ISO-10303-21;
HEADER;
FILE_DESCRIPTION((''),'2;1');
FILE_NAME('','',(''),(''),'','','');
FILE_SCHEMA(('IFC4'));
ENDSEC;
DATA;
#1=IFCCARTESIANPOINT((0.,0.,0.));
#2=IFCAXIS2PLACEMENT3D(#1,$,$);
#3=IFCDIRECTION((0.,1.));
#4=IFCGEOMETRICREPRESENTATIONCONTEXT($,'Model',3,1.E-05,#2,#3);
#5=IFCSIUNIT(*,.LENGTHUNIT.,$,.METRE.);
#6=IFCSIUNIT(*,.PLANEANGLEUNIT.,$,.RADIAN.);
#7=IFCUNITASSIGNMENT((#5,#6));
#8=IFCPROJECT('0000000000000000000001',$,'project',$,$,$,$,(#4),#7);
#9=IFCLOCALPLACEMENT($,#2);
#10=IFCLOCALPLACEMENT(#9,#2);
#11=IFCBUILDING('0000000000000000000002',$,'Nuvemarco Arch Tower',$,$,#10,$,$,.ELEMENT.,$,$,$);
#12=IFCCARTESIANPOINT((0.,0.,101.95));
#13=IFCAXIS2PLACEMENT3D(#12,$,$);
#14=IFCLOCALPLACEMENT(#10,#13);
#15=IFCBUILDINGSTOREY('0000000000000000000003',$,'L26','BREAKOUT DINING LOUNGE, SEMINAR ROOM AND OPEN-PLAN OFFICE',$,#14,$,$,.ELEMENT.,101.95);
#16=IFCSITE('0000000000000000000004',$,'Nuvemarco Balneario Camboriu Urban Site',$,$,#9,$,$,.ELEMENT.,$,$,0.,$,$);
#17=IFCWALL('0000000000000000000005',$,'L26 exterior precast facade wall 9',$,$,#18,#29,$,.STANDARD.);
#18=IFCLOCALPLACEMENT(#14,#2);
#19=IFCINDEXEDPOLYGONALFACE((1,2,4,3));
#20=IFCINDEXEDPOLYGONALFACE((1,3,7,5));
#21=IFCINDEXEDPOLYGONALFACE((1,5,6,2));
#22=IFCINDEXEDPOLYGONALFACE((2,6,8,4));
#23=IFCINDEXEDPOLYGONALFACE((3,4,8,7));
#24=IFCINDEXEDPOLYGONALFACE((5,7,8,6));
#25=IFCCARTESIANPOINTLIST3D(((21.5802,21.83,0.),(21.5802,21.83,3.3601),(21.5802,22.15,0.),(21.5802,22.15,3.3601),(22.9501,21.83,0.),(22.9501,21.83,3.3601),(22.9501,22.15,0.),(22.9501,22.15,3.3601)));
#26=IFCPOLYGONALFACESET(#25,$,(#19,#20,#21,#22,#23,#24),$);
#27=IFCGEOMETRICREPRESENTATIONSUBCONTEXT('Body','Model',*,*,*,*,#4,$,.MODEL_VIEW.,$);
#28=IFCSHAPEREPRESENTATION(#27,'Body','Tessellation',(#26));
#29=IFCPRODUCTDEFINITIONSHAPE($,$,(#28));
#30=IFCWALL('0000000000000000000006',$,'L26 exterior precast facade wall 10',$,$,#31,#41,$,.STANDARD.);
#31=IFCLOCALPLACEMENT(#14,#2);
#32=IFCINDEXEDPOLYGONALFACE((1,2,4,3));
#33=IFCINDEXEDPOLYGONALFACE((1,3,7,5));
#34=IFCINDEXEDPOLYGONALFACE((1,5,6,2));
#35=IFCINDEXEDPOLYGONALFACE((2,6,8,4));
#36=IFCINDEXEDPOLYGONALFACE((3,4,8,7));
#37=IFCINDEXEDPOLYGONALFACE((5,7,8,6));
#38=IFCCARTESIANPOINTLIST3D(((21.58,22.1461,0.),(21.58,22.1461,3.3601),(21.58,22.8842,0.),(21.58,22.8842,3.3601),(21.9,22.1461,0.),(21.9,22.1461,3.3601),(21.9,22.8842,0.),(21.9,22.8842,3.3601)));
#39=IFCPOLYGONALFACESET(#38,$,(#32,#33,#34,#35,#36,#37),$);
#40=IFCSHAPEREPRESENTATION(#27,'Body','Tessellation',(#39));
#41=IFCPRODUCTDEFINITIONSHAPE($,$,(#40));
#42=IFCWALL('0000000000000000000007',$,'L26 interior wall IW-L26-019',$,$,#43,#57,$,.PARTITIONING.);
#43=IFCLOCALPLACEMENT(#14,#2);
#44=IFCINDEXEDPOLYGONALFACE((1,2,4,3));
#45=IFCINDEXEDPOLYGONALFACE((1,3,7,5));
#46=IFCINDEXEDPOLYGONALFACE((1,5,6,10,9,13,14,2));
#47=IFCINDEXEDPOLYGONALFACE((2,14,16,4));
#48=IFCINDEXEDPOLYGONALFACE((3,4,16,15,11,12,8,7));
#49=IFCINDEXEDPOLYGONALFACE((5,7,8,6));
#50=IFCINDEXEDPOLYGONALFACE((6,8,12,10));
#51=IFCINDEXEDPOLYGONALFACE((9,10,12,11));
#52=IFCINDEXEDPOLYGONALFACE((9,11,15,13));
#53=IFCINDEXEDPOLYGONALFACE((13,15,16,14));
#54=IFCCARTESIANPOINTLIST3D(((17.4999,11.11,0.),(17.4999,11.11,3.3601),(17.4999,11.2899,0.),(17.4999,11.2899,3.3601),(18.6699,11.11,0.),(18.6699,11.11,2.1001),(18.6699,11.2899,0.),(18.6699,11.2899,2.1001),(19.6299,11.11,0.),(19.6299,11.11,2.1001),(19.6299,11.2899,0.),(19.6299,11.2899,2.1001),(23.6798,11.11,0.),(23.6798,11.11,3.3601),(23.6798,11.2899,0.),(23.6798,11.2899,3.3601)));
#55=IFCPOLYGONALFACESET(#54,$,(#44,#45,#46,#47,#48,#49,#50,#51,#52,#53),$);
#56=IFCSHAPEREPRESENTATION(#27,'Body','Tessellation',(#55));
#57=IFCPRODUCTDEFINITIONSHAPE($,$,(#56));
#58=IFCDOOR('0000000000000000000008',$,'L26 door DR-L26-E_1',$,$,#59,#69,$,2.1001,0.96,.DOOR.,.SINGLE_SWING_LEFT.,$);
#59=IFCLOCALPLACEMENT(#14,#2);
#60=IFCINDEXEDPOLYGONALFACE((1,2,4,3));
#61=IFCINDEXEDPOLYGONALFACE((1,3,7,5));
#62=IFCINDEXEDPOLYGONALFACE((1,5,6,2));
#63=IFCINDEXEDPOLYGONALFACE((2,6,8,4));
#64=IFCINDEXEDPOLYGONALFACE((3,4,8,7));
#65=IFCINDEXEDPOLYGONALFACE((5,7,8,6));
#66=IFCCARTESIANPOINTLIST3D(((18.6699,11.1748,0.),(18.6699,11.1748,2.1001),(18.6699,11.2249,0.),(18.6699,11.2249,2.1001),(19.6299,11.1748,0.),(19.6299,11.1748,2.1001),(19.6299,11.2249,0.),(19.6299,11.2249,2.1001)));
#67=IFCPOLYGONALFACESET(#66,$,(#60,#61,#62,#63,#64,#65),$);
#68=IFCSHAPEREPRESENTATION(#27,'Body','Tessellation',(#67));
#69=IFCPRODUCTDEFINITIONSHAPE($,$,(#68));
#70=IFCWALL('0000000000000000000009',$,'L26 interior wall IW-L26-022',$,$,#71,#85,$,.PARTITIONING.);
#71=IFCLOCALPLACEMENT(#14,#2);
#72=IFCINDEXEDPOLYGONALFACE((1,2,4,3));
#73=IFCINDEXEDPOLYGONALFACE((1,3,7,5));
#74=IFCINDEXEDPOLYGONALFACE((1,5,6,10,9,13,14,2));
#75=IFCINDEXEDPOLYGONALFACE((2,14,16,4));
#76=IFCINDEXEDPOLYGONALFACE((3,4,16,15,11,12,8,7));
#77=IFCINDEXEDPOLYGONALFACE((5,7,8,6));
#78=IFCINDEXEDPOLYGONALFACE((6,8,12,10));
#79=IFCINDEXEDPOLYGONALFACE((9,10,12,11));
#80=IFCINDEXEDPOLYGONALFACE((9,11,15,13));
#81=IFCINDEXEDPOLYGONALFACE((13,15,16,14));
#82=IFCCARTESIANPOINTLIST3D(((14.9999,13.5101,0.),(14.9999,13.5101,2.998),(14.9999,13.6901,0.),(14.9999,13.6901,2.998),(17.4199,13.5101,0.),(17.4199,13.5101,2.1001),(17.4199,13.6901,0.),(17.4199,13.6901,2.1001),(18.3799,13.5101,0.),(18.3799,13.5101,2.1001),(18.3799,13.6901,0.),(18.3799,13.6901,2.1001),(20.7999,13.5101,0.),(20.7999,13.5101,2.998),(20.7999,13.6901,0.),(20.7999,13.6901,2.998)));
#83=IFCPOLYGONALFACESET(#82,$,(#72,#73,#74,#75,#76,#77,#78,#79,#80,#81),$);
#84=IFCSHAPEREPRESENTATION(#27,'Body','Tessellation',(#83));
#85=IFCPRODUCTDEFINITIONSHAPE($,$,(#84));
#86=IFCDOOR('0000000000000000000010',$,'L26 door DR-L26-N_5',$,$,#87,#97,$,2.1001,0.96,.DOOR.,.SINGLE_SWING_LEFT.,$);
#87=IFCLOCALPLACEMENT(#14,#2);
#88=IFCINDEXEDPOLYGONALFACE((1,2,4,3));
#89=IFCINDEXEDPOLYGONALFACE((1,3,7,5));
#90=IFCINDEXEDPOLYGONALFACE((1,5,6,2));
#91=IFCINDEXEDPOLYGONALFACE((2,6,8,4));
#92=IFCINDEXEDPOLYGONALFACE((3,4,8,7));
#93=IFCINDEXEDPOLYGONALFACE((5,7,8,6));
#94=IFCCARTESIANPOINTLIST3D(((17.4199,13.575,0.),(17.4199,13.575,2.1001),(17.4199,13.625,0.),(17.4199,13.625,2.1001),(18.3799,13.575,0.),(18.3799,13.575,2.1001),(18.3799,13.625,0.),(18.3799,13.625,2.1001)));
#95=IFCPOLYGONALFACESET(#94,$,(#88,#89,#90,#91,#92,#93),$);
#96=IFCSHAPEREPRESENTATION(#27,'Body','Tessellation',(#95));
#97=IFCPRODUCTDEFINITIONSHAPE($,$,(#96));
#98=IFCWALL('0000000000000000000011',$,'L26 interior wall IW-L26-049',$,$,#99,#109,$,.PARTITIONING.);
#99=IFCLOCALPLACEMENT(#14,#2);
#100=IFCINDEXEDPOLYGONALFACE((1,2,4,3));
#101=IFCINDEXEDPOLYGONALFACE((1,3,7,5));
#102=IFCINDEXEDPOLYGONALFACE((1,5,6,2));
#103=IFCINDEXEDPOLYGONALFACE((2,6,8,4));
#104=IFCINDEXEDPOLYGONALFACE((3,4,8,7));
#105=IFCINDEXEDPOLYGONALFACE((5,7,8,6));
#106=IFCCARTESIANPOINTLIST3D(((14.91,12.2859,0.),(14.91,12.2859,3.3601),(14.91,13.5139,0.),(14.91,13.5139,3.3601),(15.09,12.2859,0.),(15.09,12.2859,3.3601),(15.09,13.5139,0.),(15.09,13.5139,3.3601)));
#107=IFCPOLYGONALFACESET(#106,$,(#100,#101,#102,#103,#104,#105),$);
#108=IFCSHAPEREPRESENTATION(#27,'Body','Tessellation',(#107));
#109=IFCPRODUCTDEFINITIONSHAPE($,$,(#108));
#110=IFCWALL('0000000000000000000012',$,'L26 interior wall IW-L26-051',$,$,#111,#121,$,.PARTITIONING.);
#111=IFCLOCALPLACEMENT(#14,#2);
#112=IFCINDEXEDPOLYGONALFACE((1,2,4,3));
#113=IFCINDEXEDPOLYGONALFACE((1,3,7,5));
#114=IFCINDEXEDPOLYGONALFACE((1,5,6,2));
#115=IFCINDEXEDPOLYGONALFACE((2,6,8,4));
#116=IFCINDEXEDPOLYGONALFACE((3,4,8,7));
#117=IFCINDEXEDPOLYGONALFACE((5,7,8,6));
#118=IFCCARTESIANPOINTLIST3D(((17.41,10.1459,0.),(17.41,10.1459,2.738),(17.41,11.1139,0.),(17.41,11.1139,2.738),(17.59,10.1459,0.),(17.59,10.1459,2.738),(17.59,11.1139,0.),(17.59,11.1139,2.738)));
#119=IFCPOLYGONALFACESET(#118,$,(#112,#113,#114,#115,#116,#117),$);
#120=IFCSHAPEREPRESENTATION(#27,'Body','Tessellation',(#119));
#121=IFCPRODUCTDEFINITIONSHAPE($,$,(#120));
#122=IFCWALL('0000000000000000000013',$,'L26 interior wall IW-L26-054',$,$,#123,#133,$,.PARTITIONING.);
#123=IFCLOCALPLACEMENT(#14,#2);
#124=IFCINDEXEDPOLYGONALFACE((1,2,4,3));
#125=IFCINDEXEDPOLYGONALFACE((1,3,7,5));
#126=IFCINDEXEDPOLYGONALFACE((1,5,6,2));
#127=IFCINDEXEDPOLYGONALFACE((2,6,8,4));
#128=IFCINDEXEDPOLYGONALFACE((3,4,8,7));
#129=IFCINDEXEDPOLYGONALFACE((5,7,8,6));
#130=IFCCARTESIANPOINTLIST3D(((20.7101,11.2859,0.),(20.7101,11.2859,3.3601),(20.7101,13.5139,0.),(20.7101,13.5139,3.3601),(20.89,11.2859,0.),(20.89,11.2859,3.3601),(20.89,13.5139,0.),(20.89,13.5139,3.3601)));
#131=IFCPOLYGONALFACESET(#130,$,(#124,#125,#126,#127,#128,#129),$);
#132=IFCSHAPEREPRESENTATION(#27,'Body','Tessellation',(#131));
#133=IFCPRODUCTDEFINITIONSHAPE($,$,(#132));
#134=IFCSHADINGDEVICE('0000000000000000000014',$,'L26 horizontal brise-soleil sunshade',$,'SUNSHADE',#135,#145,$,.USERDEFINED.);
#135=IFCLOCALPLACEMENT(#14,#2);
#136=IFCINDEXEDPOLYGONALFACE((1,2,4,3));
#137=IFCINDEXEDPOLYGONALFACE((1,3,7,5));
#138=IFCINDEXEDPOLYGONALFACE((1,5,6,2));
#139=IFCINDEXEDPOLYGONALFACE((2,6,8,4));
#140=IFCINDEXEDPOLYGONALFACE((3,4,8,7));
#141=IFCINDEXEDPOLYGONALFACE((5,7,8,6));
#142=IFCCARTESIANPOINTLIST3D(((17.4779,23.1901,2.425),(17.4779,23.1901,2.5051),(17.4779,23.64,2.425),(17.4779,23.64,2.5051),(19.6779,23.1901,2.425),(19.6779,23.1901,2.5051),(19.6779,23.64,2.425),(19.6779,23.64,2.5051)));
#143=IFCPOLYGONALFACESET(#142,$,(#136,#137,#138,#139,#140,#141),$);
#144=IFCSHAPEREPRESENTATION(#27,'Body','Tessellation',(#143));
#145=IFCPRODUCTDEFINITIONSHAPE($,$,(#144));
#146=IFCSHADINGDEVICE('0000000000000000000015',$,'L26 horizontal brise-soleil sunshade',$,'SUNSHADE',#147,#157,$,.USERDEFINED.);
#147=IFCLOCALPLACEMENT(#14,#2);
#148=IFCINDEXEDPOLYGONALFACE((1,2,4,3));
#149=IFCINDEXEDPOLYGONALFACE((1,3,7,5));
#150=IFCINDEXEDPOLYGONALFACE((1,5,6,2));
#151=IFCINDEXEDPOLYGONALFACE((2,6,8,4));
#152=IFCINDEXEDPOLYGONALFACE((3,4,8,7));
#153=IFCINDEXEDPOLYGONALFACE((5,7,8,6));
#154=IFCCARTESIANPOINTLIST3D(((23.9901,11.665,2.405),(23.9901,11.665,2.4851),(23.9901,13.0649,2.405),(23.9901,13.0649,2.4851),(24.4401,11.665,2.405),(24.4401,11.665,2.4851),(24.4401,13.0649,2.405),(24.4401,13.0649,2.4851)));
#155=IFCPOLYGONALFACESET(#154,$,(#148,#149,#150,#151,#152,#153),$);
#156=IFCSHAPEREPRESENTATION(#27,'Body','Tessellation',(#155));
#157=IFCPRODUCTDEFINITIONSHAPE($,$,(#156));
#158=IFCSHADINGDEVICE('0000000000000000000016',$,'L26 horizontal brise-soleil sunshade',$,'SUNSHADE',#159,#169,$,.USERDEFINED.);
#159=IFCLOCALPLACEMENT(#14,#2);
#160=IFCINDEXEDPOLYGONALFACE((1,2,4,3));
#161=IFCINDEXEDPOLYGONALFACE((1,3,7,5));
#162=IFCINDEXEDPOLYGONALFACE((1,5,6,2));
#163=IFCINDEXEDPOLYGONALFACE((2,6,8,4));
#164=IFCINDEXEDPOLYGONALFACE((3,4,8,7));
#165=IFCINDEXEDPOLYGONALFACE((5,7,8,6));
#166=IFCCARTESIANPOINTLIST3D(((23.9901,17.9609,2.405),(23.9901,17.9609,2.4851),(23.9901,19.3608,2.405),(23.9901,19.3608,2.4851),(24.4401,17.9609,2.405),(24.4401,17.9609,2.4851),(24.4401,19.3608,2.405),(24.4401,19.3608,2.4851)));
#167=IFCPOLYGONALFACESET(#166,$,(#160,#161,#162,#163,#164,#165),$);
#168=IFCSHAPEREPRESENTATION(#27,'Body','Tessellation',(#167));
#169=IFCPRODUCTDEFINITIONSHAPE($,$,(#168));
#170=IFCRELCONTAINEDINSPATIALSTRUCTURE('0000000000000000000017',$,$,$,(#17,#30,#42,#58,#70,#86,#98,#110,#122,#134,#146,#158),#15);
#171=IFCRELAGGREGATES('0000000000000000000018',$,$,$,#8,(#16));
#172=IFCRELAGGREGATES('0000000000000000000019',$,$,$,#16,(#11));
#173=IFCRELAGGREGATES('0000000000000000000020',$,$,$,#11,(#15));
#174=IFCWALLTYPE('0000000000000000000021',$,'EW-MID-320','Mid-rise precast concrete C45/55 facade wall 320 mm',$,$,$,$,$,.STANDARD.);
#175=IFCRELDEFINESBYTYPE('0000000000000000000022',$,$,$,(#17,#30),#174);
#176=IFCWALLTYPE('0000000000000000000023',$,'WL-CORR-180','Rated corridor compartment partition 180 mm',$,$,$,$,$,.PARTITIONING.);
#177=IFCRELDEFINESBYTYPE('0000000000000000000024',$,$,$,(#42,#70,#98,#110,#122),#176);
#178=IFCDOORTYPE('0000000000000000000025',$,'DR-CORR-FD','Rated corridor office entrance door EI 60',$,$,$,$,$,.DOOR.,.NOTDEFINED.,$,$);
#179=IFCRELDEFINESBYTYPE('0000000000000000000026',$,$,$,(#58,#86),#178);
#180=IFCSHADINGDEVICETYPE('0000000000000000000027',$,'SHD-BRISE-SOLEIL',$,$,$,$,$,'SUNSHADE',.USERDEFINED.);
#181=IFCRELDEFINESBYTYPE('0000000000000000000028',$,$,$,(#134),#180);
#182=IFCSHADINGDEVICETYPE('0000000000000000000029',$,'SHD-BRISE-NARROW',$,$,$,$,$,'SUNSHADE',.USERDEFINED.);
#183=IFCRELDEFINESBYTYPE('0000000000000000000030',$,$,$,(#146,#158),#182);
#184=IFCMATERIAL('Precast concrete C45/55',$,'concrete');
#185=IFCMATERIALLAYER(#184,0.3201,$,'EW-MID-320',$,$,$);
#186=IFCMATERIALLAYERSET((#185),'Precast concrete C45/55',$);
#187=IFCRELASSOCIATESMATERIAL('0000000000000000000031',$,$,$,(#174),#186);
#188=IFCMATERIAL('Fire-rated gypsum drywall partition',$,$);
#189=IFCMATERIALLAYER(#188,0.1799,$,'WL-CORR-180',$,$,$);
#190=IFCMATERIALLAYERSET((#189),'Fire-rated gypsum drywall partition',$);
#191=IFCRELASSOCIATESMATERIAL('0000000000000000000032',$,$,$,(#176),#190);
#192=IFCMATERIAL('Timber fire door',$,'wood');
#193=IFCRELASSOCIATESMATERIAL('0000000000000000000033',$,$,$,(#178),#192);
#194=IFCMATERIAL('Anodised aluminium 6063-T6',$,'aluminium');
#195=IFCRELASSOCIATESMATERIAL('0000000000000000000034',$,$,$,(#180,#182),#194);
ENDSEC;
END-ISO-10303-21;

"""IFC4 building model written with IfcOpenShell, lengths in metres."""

from ifc_helpers import new_model, si_unit, direction, frame, frame_2d, origin, origin_2d, place, context, subcontext, project, spatial, rectangle, extrude, source, transform, mapped, material, layer, layer_set, type_object, type_shapes, element, fill, save


model = new_model("IFC4")

# Units and contexts
model_context = context("Model", 3, precision=1e-05, world=origin(), true_north=direction((0.0, 1.0)))
body_context = subcontext(model_context, "Body", "Model", "MODEL_VIEW")
ifc_project = project(units=[si_unit("LENGTHUNIT", "METRE"), si_unit("PLANEANGLEUNIT", "RADIAN")], contexts=[model_context])

# Site, building, storey
site_placement = place(None, origin())
site = spatial("IfcSite", under=ifc_project, at=site_placement, Name="Nuvemarco Balneario Camboriu Urban Site", CompositionType="ELEMENT", RefElevation=0.0)
building_placement = place(site_placement, origin())
building = spatial("IfcBuilding", under=site, at=building_placement, Name="Nuvemarco Arch Tower", CompositionType="ELEMENT")
storey_placement = place(building_placement, frame((0.0, 0.0, 101.95)))
storey = spatial("IfcBuildingStorey", under=building, at=storey_placement, Name="L26", Description="BREAKOUT DINING LOUNGE, SEMINAR ROOM AND OPEN-PLAN OFFICE", CompositionType="ELEMENT", Elevation=101.95)

# Shared definitions
ifc_material_1 = material(Name="Precast concrete C45/55", Category="concrete")

# Walls
ifc_layer_1 = layer(ifc_material_1, 0.3201, Name="EW-MID-320")
ifc_layer_set_1 = layer_set([ifc_layer_1], Name="Precast concrete C45/55")
wall_type_1 = type_object("IfcWallType", Name="EW-MID-320", Description="Mid-rise precast concrete C45/55 facade wall 320 mm", PredefinedType="STANDARD", material=ifc_layer_set_1)
wall_1_placement = place(storey_placement, frame((21.5801, 21.99, 0.0), z_axis=(0.0, 0.0, 1.0), x_axis=(1.0, 0.0, 0.0)))
element("IfcWall", 1, at=wall_1_placement, inside=storey, type_object=wall_type_1, Name="L26 exterior precast facade wall 9", PredefinedType="STANDARD", context=body_context, shape_type="SweptSolid", body=[
    extrude(rectangle(XDim=1.3699, YDim=0.3201, at=frame_2d((0.6851, 0.0))), origin(), (0.0, 0.0, 1.0), 3.3601),
])
wall_2_placement = place(storey_placement, frame((21.74, 22.146, 0.0), z_axis=(0.0, 0.0, 1.0), x_axis=(0.0, 1.0, 0.0)))
element("IfcWall", 2, at=wall_2_placement, inside=storey, type_object=wall_type_1, Name="L26 exterior precast facade wall 10", PredefinedType="STANDARD", context=body_context, shape_type="SweptSolid", body=[
    extrude(rectangle(XDim=0.738, YDim=0.3201, at=frame_2d((0.3691, 0.0))), origin(), (0.0, 0.0, 1.0), 3.3601),
])

# Walls, openings, doors
ifc_material_2 = material(Name="Fire-rated gypsum drywall partition")
ifc_layer_2 = layer(ifc_material_2, 0.1799, Name="WL-CORR-180")
ifc_layer_set_2 = layer_set([ifc_layer_2], Name="Fire-rated gypsum drywall partition")
wall_type_2 = type_object("IfcWallType", Name="WL-CORR-180", Description="Rated corridor compartment partition 180 mm", PredefinedType="PARTITIONING", material=ifc_layer_set_2)
wall_3_placement = place(storey_placement, frame((17.5, 11.2, 0.0), z_axis=(0.0, 0.0, 1.0), x_axis=(1.0, 0.0, 0.0)))
wall_3 = element("IfcWall", 3, at=wall_3_placement, inside=storey, type_object=wall_type_2, Name="L26 interior wall IW-L26-019", PredefinedType="PARTITIONING", context=body_context, shape_type="SweptSolid", body=[
    extrude(rectangle(XDim=6.1799, YDim=0.1799, at=frame_2d((3.0898, 0.0))), origin(), (0.0, 0.0, 1.0), 3.3601),
])
opening_1_placement = place(wall_3_placement, frame((1.1699, 0.0, 0.0)))
opening_1 = element("IfcOpeningElement", 4, at=opening_1_placement, cuts=wall_3, PredefinedType="OPENING", context=body_context, shape_type="SweptSolid", body=[
    extrude(rectangle(XDim=0.96, YDim=2.1001, at=frame_2d((0.48, 1.05))), frame((0.0, 0.0999, 0.0), z_axis=(0.0, -1.0, 0.0), x_axis=(1.0, 0.0, 0.0)), (0.0, 0.0, 1.0), 0.2),
])
ifc_material_3 = material(Name="Timber fire door", Category="wood")
door_type = type_object("IfcDoorType", Name="DR-CORR-FD", Description="Rated corridor office entrance door EI 60", OperationType="NOTDEFINED", PredefinedType="DOOR", material=ifc_material_3)
shared_shape_1 = source(origin(), body_context, "Body", "SweptSolid", [
    extrude(rectangle(XDim=0.96, YDim=2.1001, at=frame_2d((0.48, 1.05))), frame((0.0, 0.0249, 0.0), z_axis=(0.0, -1.0, 0.0), x_axis=(1.0, 0.0, 0.0)), (0.0, 0.0, 1.0), 0.05),
])
type_shapes(door_type, [shared_shape_1])
door_1_placement = place(opening_1_placement, origin())
door_1 = element("IfcDoor", 5, at=door_1_placement, inside=storey, type_object=door_type, Name="L26 door DR-L26-E_1", OperationType="SINGLE_SWING_LEFT", OverallHeight=2.1001, OverallWidth=0.96, PredefinedType="DOOR", context=body_context, shape_type="MappedRepresentation", body=[
    mapped(shared_shape_1, transform((0.0, 0.0, 0.0), scale=1.0)),
])
fill(opening_1, door_1)
wall_4_placement = place(storey_placement, frame((15.0, 13.6001, 0.0), z_axis=(0.0, 0.0, 1.0), x_axis=(1.0, 0.0, 0.0)))
wall_4 = element("IfcWall", 6, at=wall_4_placement, inside=storey, type_object=wall_type_2, Name="L26 interior wall IW-L26-022", PredefinedType="PARTITIONING", context=body_context, shape_type="SweptSolid", body=[
    extrude(rectangle(XDim=5.8, YDim=0.1799, at=frame_2d((2.8999, 0.0))), origin(), (0.0, 0.0, 1.0), 2.998),
])
opening_2_placement = place(wall_4_placement, frame((2.4199, 0.0, 0.0)))
opening_2 = element("IfcOpeningElement", 7, at=opening_2_placement, cuts=wall_4, PredefinedType="OPENING", context=body_context, shape_type="SweptSolid", body=[
    extrude(rectangle(XDim=0.96, YDim=2.1001, at=frame_2d((0.48, 1.05))), frame((0.0, 0.0999, 0.0), z_axis=(0.0, -1.0, 0.0), x_axis=(1.0, 0.0, 0.0)), (0.0, 0.0, 1.0), 0.2),
])
door_2_placement = place(opening_2_placement, origin())
door_2 = element("IfcDoor", 8, at=door_2_placement, inside=storey, type_object=door_type, Name="L26 door DR-L26-N_5", OperationType="SINGLE_SWING_LEFT", OverallHeight=2.1001, OverallWidth=0.96, PredefinedType="DOOR", context=body_context, shape_type="MappedRepresentation", body=[
    mapped(shared_shape_1, transform((0.0, 0.0, 0.0), scale=1.0)),
])
fill(opening_2, door_2)

# Walls
wall_5_placement = place(storey_placement, frame((15.0, 12.2859, 0.0), z_axis=(0.0, 0.0, 1.0), x_axis=(0.0, 1.0, 0.0)))
element("IfcWall", 9, at=wall_5_placement, inside=storey, type_object=wall_type_2, Name="L26 interior wall IW-L26-049", PredefinedType="PARTITIONING", context=body_context, shape_type="SweptSolid", body=[
    extrude(rectangle(XDim=1.228, YDim=0.1799, at=frame_2d((0.614, 0.0))), origin(), (0.0, 0.0, 1.0), 3.3601),
])
wall_6_placement = place(storey_placement, frame((17.5, 10.146, 0.0), z_axis=(0.0, 0.0, 1.0), x_axis=(0.0, 1.0, 0.0)))
element("IfcWall", 10, at=wall_6_placement, inside=storey, type_object=wall_type_2, Name="L26 interior wall IW-L26-051", PredefinedType="PARTITIONING", context=body_context, shape_type="SweptSolid", body=[
    extrude(rectangle(XDim=0.968, YDim=0.1799, at=frame_2d((0.4839, 0.0))), origin(), (0.0, 0.0, 1.0), 2.738),
])
wall_7_placement = place(storey_placement, frame((20.8, 11.2859, 0.0), z_axis=(0.0, 0.0, 1.0), x_axis=(0.0, 1.0, 0.0)))
element("IfcWall", 11, at=wall_7_placement, inside=storey, type_object=wall_type_2, Name="L26 interior wall IW-L26-054", PredefinedType="PARTITIONING", context=body_context, shape_type="SweptSolid", body=[
    extrude(rectangle(XDim=2.228, YDim=0.1799, at=frame_2d((1.114, 0.0))), origin(), (0.0, 0.0, 1.0), 3.3601),
])

# Shading devices
ifc_material_4 = material(Name="Anodised aluminium 6063-T6", Category="aluminium")
shading_device_type_1 = type_object("IfcShadingDeviceType", Name="SHD-BRISE-SOLEIL", ElementType="SUNSHADE", PredefinedType="USERDEFINED", material=ifc_material_4)
shared_shape_2 = source(origin(), body_context, "Body", "SweptSolid", [
    extrude(rectangle(XDim=2.2, YDim=0.45, at=origin_2d()), origin(), (0.0, 0.0, 1.0), 0.0801),
])
type_shapes(shading_device_type_1, [shared_shape_2])
shading_device_placement = place(storey_placement, frame((18.5779, 23.415, 2.425), z_axis=(0.0, 0.0, 1.0), x_axis=(1.0, 0.0, 0.0)))
element("IfcShadingDevice", 12, at=shading_device_placement, inside=storey, type_object=shading_device_type_1, Name="L26 horizontal brise-soleil sunshade", ObjectType="SUNSHADE", PredefinedType="USERDEFINED", context=body_context, shape_type="MappedRepresentation", body=[
    mapped(shared_shape_2, transform((0.0, 0.0, 0.0), scale=1.0)),
])
shading_device_type_2 = type_object("IfcShadingDeviceType", Name="SHD-BRISE-NARROW", ElementType="SUNSHADE", PredefinedType="USERDEFINED", material=ifc_material_4)
shared_shape_3 = source(origin(), body_context, "Body", "SweptSolid", [
    extrude(rectangle(XDim=1.3999, YDim=0.45, at=origin_2d()), origin(), (0.0, 0.0, 1.0), 0.0801),
])
type_shapes(shading_device_type_2, [shared_shape_3])
for number, where, z_axis, x_axis, name in (
    (13, (24.2151, 12.365, 2.405), (0.0, 0.0, 1.0), (0.0, 1.0, 0.0), "L26 horizontal brise-soleil sunshade"),
    (14, (24.2151, 18.6609, 2.405), (0.0, 0.0, 1.0), (0.0, 1.0, 0.0), "L26 horizontal brise-soleil sunshade"),
):
    element("IfcShadingDevice", number, at=place(storey_placement, frame(where, z_axis=z_axis, x_axis=x_axis)), inside=storey, type_object=shading_device_type_2, Name=name, ObjectType="SUNSHADE", PredefinedType="USERDEFINED", context=body_context, shape_type="MappedRepresentation", body=[
        mapped(shared_shape_3, transform((0.0, 0.0, 0.0), scale=1.0)),
    ])

save(model, "model.ifc")
